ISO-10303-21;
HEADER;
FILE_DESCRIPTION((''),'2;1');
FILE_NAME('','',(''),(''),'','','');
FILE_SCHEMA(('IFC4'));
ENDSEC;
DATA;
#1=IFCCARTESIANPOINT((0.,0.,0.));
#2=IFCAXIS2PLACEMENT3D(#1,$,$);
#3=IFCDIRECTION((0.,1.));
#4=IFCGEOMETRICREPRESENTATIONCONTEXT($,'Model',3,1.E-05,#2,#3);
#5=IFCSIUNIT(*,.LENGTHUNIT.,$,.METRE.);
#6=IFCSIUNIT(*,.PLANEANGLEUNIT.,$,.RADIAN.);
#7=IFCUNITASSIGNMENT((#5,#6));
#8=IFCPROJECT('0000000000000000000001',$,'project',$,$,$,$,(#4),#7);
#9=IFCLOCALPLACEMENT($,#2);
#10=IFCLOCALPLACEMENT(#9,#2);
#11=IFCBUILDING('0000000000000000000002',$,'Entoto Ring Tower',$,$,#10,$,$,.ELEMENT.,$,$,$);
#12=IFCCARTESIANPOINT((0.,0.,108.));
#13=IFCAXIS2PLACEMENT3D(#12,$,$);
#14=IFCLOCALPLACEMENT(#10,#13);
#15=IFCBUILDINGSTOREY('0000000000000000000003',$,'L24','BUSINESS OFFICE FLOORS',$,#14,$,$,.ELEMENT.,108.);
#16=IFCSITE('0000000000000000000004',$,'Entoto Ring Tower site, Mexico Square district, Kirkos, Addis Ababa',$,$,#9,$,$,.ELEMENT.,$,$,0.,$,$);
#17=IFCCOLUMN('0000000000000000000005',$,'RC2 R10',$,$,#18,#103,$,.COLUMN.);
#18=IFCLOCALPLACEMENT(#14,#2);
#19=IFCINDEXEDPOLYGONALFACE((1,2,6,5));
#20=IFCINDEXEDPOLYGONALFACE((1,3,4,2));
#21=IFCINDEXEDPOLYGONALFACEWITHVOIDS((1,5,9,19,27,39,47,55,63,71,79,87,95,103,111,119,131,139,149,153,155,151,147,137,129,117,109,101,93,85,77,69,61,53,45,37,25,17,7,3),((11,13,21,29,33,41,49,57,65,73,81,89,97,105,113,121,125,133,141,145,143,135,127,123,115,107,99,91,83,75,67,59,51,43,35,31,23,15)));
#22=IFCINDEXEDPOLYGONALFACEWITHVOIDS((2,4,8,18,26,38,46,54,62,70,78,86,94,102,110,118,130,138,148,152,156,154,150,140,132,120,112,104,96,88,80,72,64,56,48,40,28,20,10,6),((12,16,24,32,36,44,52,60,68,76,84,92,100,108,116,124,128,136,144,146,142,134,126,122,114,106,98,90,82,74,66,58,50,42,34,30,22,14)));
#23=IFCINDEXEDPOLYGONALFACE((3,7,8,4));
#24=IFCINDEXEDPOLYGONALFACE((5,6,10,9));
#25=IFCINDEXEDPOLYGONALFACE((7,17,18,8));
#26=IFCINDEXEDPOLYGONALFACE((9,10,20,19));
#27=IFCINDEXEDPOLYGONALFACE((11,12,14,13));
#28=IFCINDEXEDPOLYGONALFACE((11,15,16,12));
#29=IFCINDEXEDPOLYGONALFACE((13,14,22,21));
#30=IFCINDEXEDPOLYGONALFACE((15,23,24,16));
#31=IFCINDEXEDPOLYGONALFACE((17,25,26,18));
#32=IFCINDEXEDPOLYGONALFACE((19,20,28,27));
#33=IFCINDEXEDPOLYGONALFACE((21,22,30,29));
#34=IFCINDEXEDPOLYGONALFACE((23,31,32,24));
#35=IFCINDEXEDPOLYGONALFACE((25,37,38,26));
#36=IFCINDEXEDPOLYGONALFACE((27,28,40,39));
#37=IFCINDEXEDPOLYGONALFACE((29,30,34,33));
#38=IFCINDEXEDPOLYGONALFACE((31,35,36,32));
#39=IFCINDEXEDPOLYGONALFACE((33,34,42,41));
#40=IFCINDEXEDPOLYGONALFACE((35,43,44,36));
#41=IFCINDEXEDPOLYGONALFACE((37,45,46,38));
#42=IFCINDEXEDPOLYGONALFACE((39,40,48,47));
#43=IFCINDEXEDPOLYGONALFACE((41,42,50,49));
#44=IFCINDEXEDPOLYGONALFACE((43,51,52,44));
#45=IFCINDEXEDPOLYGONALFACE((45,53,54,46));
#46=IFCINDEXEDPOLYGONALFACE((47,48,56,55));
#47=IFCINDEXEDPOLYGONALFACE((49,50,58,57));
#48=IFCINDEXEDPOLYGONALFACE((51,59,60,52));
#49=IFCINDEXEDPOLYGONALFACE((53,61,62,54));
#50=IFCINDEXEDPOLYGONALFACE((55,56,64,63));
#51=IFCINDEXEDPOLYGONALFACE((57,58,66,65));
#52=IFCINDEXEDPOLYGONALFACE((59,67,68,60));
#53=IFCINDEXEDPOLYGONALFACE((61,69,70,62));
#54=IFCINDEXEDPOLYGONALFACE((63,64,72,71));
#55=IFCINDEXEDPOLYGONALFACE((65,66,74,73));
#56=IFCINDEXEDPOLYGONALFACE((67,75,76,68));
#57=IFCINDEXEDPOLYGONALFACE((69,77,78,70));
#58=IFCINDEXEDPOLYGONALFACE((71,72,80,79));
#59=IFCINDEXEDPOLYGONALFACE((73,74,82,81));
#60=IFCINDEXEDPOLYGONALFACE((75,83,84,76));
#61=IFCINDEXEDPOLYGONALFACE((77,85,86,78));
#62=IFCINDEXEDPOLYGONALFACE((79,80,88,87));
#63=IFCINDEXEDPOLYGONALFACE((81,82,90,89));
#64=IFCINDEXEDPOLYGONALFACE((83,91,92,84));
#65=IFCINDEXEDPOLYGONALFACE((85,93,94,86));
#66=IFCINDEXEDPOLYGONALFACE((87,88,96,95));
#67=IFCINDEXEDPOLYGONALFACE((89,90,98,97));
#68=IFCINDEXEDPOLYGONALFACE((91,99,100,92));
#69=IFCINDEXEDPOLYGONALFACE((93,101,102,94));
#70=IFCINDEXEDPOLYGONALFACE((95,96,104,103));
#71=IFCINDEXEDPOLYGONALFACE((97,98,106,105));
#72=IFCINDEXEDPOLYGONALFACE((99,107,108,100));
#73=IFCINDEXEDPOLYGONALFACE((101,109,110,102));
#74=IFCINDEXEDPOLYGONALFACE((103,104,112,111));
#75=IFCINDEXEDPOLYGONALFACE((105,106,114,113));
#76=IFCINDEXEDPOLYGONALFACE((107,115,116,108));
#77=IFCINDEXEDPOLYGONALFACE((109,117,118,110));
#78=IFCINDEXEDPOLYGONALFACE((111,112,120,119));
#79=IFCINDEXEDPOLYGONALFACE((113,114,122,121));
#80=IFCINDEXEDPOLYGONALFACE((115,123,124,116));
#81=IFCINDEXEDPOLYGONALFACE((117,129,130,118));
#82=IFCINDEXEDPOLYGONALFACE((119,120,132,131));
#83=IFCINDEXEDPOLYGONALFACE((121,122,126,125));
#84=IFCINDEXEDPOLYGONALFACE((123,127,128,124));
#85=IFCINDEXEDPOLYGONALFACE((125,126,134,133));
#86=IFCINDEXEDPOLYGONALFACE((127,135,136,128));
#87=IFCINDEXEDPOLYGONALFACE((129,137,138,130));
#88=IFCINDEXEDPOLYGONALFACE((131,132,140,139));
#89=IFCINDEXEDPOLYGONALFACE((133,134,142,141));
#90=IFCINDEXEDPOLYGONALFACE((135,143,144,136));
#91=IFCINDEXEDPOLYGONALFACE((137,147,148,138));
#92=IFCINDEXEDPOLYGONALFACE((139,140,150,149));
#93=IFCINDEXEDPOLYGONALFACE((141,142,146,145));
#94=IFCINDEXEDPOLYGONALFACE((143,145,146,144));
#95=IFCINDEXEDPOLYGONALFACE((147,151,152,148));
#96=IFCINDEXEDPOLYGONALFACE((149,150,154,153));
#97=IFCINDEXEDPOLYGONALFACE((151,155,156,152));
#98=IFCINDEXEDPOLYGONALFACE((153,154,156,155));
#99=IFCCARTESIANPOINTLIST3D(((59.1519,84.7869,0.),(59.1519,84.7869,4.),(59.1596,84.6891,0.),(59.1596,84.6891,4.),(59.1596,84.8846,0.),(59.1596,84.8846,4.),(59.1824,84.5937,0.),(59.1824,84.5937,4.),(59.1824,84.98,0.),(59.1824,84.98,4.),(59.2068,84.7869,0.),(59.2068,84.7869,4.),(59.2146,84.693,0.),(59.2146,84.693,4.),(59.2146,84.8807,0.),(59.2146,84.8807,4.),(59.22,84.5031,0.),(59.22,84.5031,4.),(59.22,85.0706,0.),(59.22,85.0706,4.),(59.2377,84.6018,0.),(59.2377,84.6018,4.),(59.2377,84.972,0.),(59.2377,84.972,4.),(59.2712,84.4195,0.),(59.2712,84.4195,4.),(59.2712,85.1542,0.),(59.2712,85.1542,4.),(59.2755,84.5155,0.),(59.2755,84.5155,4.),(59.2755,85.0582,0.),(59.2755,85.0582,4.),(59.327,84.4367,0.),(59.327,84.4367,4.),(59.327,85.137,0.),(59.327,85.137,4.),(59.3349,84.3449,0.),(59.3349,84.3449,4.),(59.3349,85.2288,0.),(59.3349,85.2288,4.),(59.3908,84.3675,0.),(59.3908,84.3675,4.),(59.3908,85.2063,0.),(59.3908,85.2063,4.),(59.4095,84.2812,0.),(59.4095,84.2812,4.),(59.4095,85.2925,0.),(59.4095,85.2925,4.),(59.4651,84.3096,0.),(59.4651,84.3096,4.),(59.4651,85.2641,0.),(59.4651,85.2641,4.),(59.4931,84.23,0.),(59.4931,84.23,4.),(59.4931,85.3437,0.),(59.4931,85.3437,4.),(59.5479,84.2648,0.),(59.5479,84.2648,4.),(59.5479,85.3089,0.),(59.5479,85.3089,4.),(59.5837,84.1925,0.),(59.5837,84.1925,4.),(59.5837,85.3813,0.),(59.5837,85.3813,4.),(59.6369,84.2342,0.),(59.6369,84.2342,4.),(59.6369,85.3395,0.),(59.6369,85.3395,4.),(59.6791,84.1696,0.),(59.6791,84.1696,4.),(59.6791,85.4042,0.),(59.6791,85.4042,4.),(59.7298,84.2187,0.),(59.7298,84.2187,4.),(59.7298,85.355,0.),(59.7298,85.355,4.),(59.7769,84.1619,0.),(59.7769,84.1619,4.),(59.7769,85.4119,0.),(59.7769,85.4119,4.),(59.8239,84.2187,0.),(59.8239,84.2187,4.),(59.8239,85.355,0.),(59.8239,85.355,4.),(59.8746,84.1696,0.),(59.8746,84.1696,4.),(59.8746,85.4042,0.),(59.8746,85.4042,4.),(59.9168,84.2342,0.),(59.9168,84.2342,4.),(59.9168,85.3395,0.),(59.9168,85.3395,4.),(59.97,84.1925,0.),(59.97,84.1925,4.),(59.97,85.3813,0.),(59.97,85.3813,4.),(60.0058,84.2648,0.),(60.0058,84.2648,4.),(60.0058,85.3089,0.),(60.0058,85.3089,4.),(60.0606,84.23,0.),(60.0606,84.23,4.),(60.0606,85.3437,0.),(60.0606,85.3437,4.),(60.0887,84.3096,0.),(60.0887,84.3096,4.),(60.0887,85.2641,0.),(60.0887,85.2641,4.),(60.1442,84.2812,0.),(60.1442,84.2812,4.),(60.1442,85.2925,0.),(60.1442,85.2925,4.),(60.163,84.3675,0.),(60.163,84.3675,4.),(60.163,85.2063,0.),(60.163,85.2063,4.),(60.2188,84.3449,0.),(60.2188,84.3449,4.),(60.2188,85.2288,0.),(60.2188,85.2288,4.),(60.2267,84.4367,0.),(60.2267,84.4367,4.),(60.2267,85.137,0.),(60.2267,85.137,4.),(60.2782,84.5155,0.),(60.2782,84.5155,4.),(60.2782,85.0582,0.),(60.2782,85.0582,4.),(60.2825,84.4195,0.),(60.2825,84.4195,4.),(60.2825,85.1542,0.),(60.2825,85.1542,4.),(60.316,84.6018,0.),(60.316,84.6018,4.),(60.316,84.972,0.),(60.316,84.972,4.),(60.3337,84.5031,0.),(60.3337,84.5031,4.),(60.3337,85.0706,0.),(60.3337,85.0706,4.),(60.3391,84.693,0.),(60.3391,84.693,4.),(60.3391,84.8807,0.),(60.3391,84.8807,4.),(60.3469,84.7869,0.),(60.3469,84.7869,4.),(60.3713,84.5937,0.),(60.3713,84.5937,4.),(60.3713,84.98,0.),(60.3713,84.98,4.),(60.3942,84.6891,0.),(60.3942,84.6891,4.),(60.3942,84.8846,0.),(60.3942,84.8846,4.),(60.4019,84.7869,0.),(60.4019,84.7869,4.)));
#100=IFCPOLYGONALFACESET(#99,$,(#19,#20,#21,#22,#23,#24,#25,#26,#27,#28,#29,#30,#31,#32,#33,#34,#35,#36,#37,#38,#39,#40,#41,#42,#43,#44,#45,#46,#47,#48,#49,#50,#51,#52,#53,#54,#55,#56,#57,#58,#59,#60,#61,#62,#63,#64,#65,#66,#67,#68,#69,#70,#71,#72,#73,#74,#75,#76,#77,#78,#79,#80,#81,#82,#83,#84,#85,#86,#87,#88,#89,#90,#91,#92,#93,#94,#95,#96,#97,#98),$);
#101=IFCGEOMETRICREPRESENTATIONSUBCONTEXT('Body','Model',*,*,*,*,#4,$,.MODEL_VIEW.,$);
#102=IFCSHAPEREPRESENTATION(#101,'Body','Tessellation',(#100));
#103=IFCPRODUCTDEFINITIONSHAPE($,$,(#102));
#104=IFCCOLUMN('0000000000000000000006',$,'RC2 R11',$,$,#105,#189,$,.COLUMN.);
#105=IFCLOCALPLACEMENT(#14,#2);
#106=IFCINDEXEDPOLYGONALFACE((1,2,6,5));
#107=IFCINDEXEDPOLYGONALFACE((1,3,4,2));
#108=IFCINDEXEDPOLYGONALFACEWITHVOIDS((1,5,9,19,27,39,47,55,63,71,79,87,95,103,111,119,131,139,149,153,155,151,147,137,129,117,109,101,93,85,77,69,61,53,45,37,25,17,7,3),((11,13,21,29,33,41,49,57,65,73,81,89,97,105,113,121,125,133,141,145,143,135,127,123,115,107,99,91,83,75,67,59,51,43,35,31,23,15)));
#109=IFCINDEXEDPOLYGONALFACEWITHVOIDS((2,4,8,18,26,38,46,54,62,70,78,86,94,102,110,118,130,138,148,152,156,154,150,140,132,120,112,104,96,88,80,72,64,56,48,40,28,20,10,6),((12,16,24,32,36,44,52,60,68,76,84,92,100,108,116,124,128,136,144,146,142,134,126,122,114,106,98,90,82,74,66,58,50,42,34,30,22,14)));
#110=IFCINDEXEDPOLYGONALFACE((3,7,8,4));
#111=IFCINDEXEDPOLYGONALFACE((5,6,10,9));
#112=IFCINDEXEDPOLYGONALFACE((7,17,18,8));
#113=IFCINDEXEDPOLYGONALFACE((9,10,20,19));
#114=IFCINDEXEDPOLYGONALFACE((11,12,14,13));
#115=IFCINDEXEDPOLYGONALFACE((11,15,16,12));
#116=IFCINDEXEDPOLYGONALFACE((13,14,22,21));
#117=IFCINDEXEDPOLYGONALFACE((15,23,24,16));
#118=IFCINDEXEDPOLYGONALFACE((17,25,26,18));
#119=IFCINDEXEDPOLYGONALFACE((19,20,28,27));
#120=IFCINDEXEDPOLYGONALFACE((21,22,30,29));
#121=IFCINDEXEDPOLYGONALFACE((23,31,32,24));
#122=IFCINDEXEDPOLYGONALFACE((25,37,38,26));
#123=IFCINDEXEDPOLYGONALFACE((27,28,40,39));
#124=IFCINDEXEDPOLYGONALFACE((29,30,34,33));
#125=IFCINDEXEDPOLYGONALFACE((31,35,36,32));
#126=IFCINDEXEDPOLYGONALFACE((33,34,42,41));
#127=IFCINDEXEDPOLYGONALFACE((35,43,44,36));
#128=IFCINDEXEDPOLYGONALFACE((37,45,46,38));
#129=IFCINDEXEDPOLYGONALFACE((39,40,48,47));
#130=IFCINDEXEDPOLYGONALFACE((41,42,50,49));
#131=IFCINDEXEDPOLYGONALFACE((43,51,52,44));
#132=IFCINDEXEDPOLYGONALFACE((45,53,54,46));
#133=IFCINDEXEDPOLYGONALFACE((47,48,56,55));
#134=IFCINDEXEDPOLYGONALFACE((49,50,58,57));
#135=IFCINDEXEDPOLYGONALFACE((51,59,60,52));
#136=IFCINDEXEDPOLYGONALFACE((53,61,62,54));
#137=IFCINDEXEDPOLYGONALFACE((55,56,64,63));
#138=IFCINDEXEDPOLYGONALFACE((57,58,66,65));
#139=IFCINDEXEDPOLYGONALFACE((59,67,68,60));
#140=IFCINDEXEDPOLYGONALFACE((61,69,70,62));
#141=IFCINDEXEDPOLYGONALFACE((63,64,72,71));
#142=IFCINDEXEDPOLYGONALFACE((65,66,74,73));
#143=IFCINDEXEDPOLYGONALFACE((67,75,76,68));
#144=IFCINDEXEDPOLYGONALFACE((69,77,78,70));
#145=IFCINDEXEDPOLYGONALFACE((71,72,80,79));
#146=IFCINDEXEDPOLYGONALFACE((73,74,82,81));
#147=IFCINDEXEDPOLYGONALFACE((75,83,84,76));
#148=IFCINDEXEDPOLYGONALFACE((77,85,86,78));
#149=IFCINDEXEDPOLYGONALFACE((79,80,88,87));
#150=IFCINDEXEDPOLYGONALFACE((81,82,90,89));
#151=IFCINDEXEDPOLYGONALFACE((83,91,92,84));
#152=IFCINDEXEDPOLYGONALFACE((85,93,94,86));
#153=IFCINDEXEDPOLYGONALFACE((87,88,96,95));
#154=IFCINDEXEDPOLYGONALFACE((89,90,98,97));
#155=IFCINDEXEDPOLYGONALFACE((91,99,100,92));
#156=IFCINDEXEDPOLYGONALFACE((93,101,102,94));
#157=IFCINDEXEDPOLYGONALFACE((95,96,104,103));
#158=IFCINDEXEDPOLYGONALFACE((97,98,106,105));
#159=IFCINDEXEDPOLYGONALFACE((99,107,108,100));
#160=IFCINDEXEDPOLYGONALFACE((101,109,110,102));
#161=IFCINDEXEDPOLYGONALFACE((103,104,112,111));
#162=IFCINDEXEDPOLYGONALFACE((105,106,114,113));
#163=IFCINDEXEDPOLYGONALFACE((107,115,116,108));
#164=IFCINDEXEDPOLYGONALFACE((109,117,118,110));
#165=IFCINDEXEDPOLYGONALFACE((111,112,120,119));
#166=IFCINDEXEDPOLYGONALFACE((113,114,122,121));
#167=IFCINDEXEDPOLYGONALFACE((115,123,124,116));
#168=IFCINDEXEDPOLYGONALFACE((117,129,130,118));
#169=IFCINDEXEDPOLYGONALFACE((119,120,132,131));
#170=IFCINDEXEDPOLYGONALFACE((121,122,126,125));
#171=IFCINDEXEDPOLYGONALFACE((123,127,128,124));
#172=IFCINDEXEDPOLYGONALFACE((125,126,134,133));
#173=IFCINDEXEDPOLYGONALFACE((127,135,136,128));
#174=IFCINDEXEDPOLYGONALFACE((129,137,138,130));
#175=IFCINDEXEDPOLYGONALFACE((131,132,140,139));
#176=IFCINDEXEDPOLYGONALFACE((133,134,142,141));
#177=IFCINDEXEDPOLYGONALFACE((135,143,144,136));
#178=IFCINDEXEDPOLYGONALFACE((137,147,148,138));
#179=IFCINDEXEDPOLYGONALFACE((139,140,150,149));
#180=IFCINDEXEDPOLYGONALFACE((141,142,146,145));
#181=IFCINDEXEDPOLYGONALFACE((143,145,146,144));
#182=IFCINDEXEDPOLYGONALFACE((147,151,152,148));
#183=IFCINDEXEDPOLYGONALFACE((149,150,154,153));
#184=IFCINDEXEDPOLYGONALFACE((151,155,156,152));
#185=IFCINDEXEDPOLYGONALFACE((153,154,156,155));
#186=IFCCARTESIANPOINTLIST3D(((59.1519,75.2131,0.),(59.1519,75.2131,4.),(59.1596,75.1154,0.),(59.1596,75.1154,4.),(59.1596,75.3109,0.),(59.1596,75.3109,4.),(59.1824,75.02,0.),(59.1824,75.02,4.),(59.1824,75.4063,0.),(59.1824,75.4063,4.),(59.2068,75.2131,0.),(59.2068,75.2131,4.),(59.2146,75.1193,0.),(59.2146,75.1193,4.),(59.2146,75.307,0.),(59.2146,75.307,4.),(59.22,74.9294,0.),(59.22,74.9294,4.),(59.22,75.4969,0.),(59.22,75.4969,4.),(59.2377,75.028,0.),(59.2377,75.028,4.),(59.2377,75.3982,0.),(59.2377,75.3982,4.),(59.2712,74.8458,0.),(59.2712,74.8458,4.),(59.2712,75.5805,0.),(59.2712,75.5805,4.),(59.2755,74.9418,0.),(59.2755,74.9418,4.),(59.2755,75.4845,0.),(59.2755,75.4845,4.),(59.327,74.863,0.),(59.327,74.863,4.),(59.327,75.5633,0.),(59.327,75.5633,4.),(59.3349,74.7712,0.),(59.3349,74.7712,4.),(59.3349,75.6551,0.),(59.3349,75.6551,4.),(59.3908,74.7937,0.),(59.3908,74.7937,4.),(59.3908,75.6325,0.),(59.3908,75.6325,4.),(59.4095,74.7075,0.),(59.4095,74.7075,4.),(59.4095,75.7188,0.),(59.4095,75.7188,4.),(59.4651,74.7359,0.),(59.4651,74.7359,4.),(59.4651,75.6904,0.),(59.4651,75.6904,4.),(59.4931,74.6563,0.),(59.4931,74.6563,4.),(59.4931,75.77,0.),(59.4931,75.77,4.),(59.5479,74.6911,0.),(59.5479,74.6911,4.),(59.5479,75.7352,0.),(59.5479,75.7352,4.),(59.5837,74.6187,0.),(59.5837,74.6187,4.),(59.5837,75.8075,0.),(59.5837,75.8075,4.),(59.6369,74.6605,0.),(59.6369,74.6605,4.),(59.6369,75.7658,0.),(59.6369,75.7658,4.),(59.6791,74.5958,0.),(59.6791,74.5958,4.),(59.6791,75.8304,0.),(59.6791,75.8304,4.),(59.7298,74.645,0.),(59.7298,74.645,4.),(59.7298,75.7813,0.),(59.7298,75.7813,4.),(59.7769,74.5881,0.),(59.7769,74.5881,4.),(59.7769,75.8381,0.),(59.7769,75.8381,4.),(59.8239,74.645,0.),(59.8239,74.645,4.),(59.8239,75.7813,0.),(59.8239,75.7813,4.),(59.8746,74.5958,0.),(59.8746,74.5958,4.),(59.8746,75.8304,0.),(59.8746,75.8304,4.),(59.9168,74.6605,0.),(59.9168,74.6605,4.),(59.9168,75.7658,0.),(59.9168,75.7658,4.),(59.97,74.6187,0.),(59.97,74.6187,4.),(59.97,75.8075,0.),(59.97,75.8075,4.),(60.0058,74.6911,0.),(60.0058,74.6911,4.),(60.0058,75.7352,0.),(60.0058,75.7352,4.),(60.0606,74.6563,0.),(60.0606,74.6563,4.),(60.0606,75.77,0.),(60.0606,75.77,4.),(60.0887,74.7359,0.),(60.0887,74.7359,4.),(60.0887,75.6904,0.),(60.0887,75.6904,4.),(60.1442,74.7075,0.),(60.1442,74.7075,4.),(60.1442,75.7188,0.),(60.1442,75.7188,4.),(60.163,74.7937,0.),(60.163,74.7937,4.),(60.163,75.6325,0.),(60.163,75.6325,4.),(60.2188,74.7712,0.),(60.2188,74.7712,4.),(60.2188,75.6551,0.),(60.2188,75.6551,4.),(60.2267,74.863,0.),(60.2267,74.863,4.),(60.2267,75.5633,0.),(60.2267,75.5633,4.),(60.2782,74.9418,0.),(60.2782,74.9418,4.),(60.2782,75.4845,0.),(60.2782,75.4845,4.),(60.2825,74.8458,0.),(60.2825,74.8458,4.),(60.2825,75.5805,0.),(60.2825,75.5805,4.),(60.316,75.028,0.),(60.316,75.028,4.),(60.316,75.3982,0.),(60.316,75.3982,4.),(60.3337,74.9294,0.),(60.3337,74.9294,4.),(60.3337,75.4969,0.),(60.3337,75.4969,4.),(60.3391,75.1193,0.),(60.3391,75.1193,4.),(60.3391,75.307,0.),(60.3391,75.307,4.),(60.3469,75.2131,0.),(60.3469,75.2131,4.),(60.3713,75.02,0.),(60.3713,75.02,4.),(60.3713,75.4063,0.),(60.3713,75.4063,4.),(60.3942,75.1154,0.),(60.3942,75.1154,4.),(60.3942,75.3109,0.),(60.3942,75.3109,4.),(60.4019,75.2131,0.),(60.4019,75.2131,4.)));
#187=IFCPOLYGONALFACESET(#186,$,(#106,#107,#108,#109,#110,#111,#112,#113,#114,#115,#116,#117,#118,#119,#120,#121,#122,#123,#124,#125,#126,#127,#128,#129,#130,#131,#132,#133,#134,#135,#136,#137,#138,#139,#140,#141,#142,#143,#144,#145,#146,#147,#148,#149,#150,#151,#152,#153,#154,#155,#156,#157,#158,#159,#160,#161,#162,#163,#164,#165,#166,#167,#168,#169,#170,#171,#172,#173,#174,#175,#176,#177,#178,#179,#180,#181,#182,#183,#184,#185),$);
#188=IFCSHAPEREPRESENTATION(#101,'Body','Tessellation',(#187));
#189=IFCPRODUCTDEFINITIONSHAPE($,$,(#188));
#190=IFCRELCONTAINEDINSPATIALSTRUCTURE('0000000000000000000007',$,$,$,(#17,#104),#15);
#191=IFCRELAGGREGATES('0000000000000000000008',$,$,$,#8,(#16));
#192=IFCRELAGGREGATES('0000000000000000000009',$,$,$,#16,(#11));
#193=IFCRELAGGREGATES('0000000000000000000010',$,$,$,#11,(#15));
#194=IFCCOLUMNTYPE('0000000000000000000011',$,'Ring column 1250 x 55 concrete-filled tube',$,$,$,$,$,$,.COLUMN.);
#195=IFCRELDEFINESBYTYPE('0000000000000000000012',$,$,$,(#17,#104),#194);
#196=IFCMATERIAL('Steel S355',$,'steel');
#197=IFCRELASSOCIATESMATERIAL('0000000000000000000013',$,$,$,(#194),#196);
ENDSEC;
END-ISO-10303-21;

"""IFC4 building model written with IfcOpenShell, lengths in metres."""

from ifc_helpers import new_model, si_unit, direction, frame, origin, origin_2d, place, context, subcontext, project, spatial, circle, hollow_circle, extrude, material, material_profile, profile_set, type_object, element, save


model = new_model("IFC4")

# Units and contexts
model_context = context("Model", 3, precision=1e-05, world=origin(), true_north=direction((0.0, 1.0)))
body_context = subcontext(model_context, "Body", "Model", "MODEL_VIEW")
ifc_project = project(units=[si_unit("LENGTHUNIT", "METRE"), si_unit("PLANEANGLEUNIT", "RADIAN")], contexts=[model_context])

# Site, building, storey
site_placement = place(None, origin())
site = spatial("IfcSite", under=ifc_project, at=site_placement, Name="Entoto Ring Tower site, Mexico Square district, Kirkos, Addis Ababa", CompositionType="ELEMENT", RefElevation=0.0)
building_placement = place(site_placement, origin())
building = spatial("IfcBuilding", under=site, at=building_placement, Name="Entoto Ring Tower", CompositionType="ELEMENT")
storey_placement = place(building_placement, frame((0.0, 0.0, 108.0)))
storey = spatial("IfcBuildingStorey", under=building, at=storey_placement, Name="L24", Description="BUSINESS OFFICE FLOORS", CompositionType="ELEMENT", Elevation=108.0)

# Columns
ifc_material_1 = material(Name="Steel S355", Category="steel")
ifc_material_profile_1 = material_profile(ifc_material_1, hollow_circle(Radius=0.625, WallThickness=0.0549, at=origin_2d()), Name="CHS 1250 x 55")
ifc_material_2 = material(Name="Concrete C60/75", Category="concrete")
ifc_material_profile_2 = material_profile(ifc_material_2, circle(Radius=0.5701, at=origin_2d()), Name="Concrete C60/75 infill")
ifc_profile_set_1 = profile_set([ifc_material_profile_1, ifc_material_profile_2], Name="Steel S355")
column_type = type_object("IfcColumnType", Name="Ring column 1250 x 55 concrete-filled tube", PredefinedType="COLUMN", material=ifc_profile_set_1)
for number, where, z_axis, x_axis, name in (
    (1, (59.7769, 84.7869, 0.0), (0.0, 0.0, 1.0), (1.0, 0.0, 0.0), "RC2 R10"),
    (2, (59.7769, 75.2131, 0.0), (0.0, 0.0, 1.0), (1.0, 0.0, 0.0), "RC2 R11"),
):
    element("IfcColumn", number, at=place(storey_placement, frame(where, z_axis=z_axis, x_axis=x_axis)), inside=storey, type_object=column_type, Name=name, PredefinedType="COLUMN", context=body_context, shape_type="SweptSolid", body=[
        extrude(hollow_circle(Radius=0.625, WallThickness=0.0549, at=origin_2d()), origin(), (0.0, 0.0, 1.0), 4.0),
    ])

save(model, "model.ifc")
